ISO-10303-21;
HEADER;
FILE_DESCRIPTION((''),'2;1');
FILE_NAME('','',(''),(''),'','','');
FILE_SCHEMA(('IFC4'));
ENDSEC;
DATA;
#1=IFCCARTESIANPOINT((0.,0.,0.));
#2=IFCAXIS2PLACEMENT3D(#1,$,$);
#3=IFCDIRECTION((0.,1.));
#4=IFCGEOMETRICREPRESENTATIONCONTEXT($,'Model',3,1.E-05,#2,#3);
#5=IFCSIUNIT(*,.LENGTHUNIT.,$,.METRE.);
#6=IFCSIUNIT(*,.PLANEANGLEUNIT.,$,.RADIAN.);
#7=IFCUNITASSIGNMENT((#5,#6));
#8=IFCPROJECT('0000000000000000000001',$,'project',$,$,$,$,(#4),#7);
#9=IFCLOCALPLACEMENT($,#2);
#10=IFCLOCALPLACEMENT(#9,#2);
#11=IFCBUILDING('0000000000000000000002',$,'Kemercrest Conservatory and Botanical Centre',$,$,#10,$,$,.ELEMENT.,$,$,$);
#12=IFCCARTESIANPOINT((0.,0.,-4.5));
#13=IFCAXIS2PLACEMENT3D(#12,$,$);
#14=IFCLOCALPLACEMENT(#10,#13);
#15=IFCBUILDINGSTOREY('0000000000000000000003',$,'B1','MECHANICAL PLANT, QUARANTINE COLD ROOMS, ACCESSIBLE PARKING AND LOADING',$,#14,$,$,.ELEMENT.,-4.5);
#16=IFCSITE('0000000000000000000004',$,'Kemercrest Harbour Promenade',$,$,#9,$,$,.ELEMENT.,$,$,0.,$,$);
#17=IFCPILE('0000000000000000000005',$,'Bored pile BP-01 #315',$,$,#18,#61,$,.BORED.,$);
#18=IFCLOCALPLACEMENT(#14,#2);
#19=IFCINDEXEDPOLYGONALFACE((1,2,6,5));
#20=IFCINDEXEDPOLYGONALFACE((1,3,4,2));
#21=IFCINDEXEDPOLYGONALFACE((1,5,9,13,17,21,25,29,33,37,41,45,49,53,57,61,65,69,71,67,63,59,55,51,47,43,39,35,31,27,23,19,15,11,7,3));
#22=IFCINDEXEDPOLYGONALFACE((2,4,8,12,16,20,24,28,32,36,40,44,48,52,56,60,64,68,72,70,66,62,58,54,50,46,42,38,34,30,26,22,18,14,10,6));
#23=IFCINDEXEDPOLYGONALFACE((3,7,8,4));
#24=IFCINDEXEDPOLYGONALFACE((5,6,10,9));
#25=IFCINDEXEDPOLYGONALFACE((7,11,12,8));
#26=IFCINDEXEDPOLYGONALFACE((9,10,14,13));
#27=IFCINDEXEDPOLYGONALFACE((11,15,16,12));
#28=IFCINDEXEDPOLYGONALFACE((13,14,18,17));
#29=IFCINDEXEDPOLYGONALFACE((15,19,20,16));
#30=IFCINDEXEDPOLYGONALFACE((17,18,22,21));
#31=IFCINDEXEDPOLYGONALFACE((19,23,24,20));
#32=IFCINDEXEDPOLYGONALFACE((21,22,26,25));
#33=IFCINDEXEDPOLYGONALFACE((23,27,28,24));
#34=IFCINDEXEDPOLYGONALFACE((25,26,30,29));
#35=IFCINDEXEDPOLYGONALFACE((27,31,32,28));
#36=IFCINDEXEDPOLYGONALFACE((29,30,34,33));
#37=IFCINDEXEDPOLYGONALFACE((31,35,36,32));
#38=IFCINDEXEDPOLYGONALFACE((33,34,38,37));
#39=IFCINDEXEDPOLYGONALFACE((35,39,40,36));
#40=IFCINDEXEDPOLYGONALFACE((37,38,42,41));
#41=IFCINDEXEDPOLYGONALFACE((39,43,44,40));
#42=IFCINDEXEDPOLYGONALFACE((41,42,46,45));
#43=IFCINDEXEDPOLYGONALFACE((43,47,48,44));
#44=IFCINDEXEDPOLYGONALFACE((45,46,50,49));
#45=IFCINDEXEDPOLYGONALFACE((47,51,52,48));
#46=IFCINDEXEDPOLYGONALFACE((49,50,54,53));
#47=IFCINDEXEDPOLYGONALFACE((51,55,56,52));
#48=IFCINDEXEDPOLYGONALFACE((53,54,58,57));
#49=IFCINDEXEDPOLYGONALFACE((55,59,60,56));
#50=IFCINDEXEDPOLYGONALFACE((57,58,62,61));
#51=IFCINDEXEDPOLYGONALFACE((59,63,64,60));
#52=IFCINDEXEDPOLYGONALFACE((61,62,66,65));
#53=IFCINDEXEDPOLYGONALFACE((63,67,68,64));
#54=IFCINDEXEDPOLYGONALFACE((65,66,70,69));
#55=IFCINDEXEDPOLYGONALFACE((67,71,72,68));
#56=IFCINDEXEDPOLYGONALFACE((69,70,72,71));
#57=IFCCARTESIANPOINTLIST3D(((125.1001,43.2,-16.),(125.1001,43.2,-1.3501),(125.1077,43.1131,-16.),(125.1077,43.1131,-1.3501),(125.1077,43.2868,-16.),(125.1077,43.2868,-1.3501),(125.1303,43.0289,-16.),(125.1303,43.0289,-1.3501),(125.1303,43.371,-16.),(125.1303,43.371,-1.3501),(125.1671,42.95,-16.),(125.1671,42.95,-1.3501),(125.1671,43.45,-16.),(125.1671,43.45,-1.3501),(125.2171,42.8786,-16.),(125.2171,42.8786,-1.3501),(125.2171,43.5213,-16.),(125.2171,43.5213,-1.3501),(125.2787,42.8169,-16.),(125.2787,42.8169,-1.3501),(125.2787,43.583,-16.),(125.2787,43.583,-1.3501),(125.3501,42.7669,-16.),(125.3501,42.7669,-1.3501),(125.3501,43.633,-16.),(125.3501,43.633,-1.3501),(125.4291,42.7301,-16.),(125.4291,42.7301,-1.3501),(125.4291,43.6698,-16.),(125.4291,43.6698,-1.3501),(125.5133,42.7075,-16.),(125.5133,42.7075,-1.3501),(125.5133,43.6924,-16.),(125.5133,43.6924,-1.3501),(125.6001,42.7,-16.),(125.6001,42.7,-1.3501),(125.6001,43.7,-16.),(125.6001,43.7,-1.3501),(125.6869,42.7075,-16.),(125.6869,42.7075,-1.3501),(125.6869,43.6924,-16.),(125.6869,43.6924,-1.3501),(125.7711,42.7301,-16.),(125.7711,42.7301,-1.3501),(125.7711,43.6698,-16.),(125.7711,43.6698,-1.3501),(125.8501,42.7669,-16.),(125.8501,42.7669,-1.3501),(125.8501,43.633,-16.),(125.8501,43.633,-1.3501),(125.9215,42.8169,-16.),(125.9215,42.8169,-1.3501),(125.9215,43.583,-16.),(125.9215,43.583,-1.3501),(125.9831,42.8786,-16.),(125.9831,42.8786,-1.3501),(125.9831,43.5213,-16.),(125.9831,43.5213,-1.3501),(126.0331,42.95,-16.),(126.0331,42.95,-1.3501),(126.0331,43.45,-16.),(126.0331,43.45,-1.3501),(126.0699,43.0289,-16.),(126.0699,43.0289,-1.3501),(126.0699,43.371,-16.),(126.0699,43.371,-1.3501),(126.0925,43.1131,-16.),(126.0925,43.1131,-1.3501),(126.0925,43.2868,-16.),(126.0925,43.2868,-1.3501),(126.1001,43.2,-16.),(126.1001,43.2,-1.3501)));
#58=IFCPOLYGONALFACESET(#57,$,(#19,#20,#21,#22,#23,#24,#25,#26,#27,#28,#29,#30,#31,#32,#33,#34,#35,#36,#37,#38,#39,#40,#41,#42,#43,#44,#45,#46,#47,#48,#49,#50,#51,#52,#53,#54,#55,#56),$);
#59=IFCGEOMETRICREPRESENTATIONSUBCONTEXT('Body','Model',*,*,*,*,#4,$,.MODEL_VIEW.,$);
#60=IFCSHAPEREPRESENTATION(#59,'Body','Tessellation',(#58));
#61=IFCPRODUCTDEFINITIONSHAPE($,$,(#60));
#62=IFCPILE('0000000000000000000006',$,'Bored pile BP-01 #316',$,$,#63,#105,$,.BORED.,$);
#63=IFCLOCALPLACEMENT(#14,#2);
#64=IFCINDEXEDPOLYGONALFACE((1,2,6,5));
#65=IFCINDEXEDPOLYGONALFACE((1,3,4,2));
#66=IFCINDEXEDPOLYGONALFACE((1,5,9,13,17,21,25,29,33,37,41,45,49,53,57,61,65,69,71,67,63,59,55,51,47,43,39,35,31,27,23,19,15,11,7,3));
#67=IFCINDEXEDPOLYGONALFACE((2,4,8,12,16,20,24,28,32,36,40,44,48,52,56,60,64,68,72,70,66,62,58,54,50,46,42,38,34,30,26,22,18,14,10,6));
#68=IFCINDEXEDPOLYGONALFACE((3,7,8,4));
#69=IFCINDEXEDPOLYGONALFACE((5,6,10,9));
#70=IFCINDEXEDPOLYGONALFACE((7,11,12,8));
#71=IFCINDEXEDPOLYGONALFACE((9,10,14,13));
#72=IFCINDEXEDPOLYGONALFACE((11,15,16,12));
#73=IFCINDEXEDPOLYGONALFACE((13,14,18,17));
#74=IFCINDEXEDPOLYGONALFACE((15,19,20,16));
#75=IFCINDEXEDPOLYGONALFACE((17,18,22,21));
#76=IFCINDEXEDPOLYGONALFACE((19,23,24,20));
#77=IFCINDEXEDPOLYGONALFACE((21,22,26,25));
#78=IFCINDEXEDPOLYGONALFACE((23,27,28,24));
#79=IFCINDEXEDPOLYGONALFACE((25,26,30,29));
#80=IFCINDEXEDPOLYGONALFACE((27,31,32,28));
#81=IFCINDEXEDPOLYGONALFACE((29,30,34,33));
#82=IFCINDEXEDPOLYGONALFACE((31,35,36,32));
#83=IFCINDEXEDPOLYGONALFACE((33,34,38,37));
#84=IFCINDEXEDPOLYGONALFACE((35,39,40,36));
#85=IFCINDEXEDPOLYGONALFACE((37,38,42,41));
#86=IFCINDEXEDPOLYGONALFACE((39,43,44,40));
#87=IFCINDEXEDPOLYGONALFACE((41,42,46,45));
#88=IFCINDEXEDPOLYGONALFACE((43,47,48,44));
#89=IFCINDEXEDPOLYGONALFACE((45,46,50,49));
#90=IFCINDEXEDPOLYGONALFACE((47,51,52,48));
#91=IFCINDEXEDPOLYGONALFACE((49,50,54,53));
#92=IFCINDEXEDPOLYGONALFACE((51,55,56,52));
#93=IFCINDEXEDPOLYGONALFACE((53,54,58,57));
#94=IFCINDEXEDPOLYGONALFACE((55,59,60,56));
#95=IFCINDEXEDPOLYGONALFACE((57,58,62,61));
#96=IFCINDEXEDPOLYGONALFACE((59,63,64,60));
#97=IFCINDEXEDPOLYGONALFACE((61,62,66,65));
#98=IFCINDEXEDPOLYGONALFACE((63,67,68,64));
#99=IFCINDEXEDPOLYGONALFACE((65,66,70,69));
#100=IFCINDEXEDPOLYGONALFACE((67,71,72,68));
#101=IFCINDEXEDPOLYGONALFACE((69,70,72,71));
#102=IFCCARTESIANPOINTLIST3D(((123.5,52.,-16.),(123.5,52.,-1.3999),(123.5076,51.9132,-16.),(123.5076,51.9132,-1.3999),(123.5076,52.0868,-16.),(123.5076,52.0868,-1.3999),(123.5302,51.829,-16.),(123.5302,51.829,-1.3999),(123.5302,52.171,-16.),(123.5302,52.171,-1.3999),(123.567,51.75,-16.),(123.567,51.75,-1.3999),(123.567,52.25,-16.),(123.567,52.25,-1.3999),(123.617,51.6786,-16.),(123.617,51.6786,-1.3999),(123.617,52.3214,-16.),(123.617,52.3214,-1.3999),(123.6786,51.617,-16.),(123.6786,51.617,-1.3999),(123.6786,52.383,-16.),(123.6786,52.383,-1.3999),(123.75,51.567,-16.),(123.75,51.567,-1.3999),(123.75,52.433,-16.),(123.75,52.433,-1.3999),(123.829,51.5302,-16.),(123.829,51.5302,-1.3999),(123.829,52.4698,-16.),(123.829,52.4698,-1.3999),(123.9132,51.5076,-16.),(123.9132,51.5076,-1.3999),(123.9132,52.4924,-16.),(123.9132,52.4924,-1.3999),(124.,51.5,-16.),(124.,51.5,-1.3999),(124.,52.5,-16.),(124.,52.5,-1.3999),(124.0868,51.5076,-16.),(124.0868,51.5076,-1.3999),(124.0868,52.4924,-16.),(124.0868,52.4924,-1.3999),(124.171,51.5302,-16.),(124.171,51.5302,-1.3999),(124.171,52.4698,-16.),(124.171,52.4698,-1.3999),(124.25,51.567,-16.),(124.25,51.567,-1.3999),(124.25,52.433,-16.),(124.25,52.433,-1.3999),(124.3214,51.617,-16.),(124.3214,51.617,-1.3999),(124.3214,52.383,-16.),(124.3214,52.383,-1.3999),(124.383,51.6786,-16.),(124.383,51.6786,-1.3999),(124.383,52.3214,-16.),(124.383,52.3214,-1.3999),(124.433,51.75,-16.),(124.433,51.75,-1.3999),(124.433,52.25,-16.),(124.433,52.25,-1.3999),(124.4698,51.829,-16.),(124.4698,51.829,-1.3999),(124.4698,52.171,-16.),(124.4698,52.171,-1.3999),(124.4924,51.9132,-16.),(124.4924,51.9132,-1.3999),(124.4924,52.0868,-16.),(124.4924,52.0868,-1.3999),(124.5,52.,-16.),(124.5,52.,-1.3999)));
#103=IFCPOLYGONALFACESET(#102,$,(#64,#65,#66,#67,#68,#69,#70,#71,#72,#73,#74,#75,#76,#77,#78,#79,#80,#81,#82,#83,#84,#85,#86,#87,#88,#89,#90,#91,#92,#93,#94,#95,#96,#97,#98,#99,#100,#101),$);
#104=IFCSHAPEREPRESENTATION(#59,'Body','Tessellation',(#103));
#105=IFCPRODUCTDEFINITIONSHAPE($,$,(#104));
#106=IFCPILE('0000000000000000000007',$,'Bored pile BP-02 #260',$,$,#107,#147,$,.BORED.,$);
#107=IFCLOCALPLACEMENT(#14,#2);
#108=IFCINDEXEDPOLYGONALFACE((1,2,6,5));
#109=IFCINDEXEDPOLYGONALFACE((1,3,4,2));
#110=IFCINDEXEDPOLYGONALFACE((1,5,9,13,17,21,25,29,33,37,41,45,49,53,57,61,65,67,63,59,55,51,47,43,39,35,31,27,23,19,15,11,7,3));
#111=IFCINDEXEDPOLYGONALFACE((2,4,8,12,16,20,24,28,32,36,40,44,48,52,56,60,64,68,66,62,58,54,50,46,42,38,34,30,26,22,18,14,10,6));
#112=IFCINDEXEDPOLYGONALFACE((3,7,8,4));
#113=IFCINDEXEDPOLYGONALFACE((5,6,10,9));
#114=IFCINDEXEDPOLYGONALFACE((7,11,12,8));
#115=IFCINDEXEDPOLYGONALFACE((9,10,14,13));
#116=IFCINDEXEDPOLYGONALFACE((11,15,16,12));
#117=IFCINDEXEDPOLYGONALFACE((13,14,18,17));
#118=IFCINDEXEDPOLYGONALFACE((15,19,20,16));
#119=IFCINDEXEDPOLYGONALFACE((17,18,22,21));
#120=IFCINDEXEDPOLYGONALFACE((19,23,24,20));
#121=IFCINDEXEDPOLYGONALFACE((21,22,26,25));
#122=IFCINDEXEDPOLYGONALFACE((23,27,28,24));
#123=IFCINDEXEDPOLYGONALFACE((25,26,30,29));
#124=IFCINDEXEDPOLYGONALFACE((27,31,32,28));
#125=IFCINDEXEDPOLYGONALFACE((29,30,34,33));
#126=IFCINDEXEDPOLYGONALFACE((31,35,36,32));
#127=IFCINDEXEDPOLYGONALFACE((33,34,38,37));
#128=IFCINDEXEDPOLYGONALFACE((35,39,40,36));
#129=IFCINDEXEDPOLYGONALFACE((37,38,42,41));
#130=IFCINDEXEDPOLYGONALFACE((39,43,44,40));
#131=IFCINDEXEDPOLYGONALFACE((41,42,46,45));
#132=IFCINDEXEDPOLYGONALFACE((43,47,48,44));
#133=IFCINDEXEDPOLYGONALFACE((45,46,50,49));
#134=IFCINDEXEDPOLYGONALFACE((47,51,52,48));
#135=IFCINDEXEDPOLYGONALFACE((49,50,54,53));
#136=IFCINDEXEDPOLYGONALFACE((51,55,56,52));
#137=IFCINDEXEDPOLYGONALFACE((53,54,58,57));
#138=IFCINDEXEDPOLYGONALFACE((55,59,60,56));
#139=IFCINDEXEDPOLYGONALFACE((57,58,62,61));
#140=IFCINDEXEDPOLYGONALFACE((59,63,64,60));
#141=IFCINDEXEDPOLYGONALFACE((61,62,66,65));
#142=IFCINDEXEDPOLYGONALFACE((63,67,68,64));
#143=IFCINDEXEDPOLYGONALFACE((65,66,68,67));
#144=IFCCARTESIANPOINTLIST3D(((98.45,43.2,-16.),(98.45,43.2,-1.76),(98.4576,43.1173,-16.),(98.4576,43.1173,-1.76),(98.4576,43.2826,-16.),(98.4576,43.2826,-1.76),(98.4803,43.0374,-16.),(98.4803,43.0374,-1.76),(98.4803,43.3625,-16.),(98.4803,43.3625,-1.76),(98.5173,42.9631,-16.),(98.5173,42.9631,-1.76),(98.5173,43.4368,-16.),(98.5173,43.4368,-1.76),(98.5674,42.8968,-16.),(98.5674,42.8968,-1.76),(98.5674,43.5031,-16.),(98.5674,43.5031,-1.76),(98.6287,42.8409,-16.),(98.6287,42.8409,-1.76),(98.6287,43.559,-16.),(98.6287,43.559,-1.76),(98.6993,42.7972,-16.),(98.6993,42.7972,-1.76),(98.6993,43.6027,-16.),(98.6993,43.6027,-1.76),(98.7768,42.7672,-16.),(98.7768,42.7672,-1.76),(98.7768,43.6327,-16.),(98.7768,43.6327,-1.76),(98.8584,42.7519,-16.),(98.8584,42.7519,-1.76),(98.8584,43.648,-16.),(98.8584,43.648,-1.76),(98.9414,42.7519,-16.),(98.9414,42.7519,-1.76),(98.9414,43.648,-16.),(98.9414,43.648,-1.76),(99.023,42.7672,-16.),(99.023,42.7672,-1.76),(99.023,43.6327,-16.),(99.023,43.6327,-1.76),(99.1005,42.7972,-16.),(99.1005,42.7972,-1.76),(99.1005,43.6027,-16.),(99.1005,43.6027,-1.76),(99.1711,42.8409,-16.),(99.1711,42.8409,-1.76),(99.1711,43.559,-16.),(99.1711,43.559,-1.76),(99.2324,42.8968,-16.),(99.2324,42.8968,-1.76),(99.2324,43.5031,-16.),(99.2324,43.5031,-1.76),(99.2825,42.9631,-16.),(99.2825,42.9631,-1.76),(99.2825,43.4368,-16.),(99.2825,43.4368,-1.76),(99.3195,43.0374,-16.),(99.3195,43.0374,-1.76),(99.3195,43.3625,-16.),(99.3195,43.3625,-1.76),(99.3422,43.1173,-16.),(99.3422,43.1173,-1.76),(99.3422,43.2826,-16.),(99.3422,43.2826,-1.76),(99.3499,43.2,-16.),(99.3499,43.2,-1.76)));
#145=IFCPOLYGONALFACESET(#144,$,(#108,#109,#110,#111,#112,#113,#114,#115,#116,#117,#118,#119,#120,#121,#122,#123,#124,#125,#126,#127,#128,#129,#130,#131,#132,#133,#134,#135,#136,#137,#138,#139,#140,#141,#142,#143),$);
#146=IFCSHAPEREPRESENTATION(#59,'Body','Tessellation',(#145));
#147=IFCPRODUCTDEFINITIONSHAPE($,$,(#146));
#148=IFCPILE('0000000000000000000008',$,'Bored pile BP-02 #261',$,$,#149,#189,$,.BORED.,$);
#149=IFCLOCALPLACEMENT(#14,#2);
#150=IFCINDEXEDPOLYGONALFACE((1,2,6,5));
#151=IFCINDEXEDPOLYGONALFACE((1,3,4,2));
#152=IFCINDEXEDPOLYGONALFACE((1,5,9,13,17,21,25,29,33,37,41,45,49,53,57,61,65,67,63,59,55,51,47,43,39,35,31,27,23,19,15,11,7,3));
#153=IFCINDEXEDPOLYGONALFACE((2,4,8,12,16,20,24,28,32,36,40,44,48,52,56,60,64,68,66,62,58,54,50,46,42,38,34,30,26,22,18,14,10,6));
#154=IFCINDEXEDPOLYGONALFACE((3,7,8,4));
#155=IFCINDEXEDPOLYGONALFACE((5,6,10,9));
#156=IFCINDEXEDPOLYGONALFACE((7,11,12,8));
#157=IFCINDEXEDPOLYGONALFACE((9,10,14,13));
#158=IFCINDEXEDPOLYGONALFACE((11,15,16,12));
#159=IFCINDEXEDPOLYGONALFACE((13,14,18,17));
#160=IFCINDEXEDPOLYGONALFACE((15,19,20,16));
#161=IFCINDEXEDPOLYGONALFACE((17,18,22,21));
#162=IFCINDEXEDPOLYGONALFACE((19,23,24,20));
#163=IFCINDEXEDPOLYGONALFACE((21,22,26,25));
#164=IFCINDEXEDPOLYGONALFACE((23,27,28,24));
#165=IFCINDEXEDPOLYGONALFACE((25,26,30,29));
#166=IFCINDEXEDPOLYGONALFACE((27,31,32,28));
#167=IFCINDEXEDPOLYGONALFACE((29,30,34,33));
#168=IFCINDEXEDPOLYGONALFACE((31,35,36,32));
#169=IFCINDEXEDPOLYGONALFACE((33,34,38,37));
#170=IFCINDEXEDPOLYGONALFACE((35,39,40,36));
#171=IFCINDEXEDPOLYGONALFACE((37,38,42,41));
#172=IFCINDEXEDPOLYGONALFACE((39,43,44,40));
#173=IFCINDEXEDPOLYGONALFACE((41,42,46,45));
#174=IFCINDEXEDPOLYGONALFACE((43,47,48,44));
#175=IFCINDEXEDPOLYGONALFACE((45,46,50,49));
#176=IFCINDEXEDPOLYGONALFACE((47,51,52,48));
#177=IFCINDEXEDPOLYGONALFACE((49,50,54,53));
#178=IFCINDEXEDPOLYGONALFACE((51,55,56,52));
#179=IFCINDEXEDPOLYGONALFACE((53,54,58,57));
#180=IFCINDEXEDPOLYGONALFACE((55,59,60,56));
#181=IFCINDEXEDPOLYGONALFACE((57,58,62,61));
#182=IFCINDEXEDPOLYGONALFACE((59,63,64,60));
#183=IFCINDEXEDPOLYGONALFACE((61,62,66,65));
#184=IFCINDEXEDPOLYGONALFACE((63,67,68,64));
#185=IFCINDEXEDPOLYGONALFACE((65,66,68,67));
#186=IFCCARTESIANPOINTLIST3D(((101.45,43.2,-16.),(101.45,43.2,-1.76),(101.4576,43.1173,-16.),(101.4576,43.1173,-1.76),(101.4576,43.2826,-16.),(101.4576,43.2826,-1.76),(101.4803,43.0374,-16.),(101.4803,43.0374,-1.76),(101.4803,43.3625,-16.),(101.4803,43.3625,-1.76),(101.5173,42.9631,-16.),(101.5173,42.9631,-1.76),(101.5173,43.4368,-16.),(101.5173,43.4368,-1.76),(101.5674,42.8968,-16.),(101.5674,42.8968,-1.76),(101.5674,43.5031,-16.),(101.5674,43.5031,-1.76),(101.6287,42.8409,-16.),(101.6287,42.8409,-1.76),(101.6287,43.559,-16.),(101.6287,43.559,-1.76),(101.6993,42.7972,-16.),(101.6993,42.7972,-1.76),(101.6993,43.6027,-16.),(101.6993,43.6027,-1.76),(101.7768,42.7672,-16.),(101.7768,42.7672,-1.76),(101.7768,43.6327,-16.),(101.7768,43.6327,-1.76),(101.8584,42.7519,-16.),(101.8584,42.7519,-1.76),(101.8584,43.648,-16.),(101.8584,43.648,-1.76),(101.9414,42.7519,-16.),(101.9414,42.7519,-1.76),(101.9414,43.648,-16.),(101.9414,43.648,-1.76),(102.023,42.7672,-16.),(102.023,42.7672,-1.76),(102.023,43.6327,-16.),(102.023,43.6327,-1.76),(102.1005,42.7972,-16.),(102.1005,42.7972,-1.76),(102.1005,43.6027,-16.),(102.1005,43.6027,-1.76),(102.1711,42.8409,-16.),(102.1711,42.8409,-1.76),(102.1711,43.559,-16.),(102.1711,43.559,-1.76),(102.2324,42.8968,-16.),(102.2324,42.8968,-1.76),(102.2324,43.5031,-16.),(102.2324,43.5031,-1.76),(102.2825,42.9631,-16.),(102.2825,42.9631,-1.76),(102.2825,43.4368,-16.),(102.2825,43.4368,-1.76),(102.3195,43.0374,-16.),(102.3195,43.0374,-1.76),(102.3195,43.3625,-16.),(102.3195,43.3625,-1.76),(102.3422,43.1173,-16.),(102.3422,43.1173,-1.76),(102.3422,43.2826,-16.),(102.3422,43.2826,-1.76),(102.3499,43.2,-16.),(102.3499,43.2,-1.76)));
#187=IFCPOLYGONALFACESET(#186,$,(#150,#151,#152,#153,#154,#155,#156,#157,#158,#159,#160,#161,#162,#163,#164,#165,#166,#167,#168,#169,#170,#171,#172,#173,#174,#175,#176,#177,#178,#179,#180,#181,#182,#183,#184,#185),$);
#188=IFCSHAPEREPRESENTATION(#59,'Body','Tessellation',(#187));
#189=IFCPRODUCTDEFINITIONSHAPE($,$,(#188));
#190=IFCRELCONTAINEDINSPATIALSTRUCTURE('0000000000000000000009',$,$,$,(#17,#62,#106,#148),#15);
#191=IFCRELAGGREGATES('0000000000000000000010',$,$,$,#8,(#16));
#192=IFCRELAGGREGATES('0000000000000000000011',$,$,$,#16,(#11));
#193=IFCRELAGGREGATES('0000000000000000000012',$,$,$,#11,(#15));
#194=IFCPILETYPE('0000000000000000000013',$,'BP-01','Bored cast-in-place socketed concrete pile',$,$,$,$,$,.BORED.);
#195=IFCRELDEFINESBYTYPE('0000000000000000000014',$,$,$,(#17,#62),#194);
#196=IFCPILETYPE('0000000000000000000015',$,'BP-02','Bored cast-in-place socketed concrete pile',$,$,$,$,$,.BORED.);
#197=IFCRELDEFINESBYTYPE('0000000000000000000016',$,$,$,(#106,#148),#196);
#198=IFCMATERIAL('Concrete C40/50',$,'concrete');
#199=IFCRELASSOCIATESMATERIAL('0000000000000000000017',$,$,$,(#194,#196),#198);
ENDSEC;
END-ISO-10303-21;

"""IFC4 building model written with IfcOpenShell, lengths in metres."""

from ifc_helpers import new_model, si_unit, direction, frame, origin, origin_2d, place, context, subcontext, project, spatial, circle, extrude, material, material_profile, profile_set, type_object, element, save


model = new_model("IFC4")

# Units and contexts
model_context = context("Model", 3, precision=1e-05, world=origin(), true_north=direction((0.0, 1.0)))
body_context = subcontext(model_context, "Body", "Model", "MODEL_VIEW")
ifc_project = project(units=[si_unit("LENGTHUNIT", "METRE"), si_unit("PLANEANGLEUNIT", "RADIAN")], contexts=[model_context])

# Site, building, storey
site_placement = place(None, origin())
site = spatial("IfcSite", under=ifc_project, at=site_placement, Name="Kemercrest Harbour Promenade", CompositionType="ELEMENT", RefElevation=0.0)
building_placement = place(site_placement, origin())
building = spatial("IfcBuilding", under=site, at=building_placement, Name="Kemercrest Conservatory and Botanical Centre", CompositionType="ELEMENT")
storey_placement = place(building_placement, frame((0.0, 0.0, -4.5)))
storey = spatial("IfcBuildingStorey", under=building, at=storey_placement, Name="B1", Description="MECHANICAL PLANT, QUARANTINE COLD ROOMS, ACCESSIBLE PARKING AND LOADING", CompositionType="ELEMENT", Elevation=-4.5)

# Piles
ifc_material_1 = material(Name="Concrete C40/50", Category="concrete")
ifc_material_profile_1 = material_profile(ifc_material_1, circle(Radius=0.5, at=origin_2d()), Name="BORED PILE 1000")
ifc_profile_set_1 = profile_set([ifc_material_profile_1], Name="Concrete C40/50")
pile_type_1 = type_object("IfcPileType", Name="BP-01", Description="Bored cast-in-place socketed concrete pile", PredefinedType="BORED", material=ifc_profile_set_1)
pile_1_placement = place(storey_placement, frame((125.6001, 43.2, -1.3501), z_axis=(0.0, 0.0, -1.0), x_axis=(1.0, 0.0, 0.0)))
element("IfcPile", 1, at=pile_1_placement, inside=storey, type_object=pile_type_1, Name="Bored pile BP-01 #315", PredefinedType="BORED", context=body_context, shape_type="SweptSolid", body=[
    extrude(circle(Radius=0.5, at=origin_2d()), origin(), (0.0, 0.0, 1.0), 14.6499),
])
pile_2_placement = place(storey_placement, frame((124.0, 52.0, -1.3999), z_axis=(0.0, 0.0, -1.0), x_axis=(1.0, 0.0, 0.0)))
element("IfcPile", 2, at=pile_2_placement, inside=storey, type_object=pile_type_1, Name="Bored pile BP-01 #316", PredefinedType="BORED", context=body_context, shape_type="SweptSolid", body=[
    extrude(circle(Radius=0.5, at=origin_2d()), origin(), (0.0, 0.0, 1.0), 14.6001),
])
ifc_material_profile_2 = material_profile(ifc_material_1, circle(Radius=0.45, at=origin_2d()), Name="BORED PILE 900")
ifc_profile_set_2 = profile_set([ifc_material_profile_2], Name="Concrete C40/50")
pile_type_2 = type_object("IfcPileType", Name="BP-02", Description="Bored cast-in-place socketed concrete pile", PredefinedType="BORED", material=ifc_profile_set_2)
for number, where, z_axis, x_axis, name in (
    (3, (98.8999, 43.2, -1.76), (0.0, 0.0, -1.0), (1.0, 0.0, 0.0), "Bored pile BP-02 #260"),
    (4, (101.8999, 43.2, -1.76), (0.0, 0.0, -1.0), (1.0, 0.0, 0.0), "Bored pile BP-02 #261"),
):
    element("IfcPile", number, at=place(storey_placement, frame(where, z_axis=z_axis, x_axis=x_axis)), inside=storey, type_object=pile_type_2, Name=name, PredefinedType="BORED", context=body_context, shape_type="SweptSolid", body=[
        extrude(circle(Radius=0.45, at=origin_2d()), origin(), (0.0, 0.0, 1.0), 14.24),
    ])

save(model, "model.ifc")
